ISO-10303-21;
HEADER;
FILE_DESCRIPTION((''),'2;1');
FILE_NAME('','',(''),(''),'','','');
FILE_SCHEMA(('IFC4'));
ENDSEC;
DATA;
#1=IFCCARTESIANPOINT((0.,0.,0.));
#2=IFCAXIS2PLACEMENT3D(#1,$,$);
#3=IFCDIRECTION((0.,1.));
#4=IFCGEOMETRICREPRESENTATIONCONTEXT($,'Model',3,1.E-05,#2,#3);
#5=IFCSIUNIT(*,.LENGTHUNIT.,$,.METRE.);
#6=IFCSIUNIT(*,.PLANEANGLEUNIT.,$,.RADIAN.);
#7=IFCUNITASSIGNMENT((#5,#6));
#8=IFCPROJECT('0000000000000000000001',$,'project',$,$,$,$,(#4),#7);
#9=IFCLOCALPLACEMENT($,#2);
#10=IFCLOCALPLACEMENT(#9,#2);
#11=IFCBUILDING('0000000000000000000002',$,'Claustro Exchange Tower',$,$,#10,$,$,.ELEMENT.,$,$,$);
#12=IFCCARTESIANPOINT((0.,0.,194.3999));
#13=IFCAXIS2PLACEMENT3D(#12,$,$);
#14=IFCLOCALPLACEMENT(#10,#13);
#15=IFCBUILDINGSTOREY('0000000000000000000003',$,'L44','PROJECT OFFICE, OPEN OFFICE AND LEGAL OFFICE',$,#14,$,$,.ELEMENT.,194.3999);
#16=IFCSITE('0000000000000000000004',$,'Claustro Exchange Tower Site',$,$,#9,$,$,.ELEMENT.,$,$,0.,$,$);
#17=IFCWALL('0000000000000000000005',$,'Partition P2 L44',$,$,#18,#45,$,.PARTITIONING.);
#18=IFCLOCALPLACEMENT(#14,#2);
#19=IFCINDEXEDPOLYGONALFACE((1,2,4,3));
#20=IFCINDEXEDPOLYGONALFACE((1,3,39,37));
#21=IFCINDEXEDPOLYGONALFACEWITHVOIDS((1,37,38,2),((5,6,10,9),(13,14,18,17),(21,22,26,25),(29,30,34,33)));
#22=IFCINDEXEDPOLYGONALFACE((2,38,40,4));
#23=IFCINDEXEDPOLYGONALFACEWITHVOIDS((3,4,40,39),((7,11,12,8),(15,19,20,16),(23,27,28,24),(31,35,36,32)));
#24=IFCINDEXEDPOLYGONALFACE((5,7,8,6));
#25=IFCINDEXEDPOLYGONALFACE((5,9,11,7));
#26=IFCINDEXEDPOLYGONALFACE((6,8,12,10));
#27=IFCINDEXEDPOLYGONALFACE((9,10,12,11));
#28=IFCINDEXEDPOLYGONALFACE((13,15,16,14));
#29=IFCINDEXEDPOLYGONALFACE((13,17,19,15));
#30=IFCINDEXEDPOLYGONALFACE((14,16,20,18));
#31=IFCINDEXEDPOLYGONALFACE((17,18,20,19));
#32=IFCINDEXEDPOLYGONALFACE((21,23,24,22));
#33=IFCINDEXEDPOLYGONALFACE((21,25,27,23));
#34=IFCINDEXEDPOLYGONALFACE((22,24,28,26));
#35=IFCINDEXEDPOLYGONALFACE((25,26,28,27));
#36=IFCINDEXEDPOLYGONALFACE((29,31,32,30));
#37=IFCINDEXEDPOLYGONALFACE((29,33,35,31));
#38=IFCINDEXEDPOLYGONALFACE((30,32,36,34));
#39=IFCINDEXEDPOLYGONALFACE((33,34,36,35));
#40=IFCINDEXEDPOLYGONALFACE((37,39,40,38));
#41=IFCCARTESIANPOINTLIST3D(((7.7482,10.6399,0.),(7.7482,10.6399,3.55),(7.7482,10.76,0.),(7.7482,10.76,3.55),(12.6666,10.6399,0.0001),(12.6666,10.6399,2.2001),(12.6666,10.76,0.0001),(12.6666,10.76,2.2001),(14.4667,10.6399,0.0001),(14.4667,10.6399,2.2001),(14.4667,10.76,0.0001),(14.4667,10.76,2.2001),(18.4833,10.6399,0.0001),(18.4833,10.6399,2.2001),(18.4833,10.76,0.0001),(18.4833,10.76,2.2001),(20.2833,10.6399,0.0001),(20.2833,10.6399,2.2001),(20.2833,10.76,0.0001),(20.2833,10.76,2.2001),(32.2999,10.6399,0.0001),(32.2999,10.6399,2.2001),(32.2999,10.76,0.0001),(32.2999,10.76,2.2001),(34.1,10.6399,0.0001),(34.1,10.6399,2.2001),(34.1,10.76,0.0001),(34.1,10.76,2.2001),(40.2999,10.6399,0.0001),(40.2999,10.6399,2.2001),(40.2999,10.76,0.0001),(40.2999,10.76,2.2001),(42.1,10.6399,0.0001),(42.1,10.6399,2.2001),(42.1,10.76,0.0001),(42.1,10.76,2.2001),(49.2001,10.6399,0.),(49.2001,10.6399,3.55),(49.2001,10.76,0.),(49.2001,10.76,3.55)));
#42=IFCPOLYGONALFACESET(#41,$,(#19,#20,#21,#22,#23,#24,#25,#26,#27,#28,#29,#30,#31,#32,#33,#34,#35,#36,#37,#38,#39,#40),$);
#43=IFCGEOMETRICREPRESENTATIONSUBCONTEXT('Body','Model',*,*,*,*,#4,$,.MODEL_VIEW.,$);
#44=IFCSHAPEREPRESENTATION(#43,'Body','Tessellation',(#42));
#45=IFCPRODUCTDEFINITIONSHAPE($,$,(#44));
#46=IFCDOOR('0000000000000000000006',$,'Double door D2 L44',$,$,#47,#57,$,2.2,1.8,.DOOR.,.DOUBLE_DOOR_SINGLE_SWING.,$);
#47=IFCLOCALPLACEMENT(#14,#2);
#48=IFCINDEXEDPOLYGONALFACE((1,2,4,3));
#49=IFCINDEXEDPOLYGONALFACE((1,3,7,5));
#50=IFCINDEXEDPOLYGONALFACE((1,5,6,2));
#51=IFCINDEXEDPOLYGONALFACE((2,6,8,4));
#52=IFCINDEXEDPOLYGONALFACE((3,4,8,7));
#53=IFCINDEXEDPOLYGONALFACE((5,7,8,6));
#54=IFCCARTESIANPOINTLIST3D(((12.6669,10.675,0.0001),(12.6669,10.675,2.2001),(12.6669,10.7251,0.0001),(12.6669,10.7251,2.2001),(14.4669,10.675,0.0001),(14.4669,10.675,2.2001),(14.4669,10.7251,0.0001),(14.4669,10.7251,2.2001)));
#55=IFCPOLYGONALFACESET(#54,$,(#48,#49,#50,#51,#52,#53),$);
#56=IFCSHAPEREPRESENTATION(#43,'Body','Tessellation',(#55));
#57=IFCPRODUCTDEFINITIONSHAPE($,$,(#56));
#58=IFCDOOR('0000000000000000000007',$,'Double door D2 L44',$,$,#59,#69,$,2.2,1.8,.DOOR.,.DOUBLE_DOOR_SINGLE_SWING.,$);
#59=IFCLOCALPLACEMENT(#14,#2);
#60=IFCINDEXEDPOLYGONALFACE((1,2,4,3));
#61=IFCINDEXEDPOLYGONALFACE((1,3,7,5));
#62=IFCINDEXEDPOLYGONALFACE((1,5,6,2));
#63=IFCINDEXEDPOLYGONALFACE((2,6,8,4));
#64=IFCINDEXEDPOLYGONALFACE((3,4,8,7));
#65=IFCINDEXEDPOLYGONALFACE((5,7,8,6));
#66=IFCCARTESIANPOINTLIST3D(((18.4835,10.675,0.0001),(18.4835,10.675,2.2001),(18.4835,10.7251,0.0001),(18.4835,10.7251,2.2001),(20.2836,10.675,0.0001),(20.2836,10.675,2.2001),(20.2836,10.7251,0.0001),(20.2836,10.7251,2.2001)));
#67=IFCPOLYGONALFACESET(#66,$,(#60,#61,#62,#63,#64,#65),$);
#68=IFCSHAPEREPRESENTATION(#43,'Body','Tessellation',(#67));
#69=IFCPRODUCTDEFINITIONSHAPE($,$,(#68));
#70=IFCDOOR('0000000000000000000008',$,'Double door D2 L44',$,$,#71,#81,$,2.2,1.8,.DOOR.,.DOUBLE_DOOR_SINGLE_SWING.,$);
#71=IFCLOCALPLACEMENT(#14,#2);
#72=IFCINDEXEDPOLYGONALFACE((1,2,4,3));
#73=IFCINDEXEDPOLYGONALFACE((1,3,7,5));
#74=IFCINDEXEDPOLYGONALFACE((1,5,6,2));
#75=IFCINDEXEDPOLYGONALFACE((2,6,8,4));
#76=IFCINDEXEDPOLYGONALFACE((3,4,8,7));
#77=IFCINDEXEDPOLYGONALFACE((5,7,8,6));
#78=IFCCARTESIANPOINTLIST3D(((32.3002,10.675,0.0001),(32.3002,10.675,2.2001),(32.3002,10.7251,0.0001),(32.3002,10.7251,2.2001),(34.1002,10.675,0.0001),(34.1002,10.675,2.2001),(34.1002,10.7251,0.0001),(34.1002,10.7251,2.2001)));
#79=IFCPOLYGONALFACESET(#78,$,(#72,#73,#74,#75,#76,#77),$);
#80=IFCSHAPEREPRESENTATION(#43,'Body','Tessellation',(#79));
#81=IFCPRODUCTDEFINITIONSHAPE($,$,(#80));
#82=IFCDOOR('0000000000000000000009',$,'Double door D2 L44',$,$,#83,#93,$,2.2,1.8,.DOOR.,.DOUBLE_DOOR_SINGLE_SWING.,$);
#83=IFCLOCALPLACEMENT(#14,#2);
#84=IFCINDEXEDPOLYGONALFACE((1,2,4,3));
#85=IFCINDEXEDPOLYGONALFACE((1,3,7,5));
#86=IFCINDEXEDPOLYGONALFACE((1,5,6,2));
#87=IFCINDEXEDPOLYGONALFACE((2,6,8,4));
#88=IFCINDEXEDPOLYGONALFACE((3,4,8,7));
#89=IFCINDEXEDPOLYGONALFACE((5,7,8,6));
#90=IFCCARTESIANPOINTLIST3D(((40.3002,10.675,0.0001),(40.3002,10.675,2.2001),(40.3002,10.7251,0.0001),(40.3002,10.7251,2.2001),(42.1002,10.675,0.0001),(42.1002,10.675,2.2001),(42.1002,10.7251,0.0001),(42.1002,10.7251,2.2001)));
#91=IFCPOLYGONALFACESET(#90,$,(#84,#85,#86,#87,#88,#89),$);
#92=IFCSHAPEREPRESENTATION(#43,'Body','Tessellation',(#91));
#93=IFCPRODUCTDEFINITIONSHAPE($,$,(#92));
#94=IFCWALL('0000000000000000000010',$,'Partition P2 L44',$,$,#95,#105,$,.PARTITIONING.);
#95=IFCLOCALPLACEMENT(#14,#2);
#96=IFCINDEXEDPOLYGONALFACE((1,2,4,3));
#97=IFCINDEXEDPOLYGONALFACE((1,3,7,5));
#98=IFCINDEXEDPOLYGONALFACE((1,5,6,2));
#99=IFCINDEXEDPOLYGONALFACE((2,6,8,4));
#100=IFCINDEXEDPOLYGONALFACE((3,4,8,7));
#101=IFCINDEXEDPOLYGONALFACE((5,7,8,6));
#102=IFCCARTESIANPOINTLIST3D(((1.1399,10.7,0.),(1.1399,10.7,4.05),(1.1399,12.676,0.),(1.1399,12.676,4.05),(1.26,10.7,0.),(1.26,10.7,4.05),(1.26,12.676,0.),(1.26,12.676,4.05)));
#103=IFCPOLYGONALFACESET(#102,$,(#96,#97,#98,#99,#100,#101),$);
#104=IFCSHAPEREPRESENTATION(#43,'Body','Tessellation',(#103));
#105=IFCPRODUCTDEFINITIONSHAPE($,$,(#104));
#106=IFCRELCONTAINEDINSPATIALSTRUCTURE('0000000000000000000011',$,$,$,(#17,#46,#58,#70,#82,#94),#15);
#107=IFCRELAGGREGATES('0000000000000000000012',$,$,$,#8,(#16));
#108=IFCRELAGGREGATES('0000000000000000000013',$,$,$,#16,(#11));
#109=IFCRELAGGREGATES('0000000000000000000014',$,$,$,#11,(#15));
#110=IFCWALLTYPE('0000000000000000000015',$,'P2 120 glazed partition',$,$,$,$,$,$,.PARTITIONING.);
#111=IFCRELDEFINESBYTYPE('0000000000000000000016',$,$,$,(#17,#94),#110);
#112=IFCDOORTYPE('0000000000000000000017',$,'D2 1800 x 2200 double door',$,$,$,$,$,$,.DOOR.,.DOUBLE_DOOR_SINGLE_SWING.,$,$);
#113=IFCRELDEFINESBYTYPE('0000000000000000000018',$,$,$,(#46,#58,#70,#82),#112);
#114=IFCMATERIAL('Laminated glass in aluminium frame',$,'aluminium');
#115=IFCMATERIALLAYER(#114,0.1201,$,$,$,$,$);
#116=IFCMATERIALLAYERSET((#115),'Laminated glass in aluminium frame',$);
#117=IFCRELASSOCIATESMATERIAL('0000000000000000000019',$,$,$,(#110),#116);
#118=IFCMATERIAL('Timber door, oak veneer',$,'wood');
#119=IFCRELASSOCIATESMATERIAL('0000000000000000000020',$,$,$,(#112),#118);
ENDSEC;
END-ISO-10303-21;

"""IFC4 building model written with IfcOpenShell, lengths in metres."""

from ifc_helpers import new_model, si_unit, direction, frame, frame_2d, origin, place, context, subcontext, project, spatial, rectangle, extrude, material, layer, layer_set, type_object, element, fill, save


model = new_model("IFC4")

# Units and contexts
model_context = context("Model", 3, precision=1e-05, world=origin(), true_north=direction((0.0, 1.0)))
body_context = subcontext(model_context, "Body", "Model", "MODEL_VIEW")
ifc_project = project(units=[si_unit("LENGTHUNIT", "METRE"), si_unit("PLANEANGLEUNIT", "RADIAN")], contexts=[model_context])

# Site, building, storey
site_placement = place(None, origin())
site = spatial("IfcSite", under=ifc_project, at=site_placement, Name="Claustro Exchange Tower Site", CompositionType="ELEMENT", RefElevation=0.0)
building_placement = place(site_placement, origin())
building = spatial("IfcBuilding", under=site, at=building_placement, Name="Claustro Exchange Tower", CompositionType="ELEMENT")
storey_placement = place(building_placement, frame((0.0, 0.0, 194.3999)))
storey = spatial("IfcBuildingStorey", under=building, at=storey_placement, Name="L44", Description="PROJECT OFFICE, OPEN OFFICE AND LEGAL OFFICE", CompositionType="ELEMENT", Elevation=194.3999)

# Wall, openings, doors
ifc_material_1 = material(Name="Laminated glass in aluminium frame", Category="aluminium")
ifc_layer_1 = layer(ifc_material_1, 0.1201)
ifc_layer_set_1 = layer_set([ifc_layer_1], Name="Laminated glass in aluminium frame")
wall_type_1 = type_object("IfcWallType", Name="P2 120 glazed partition", PredefinedType="PARTITIONING", material=ifc_layer_set_1)
wall_1_placement = place(storey_placement, frame((7.748, 10.7, 0.0), z_axis=(0.0, 0.0, 1.0), x_axis=(1.0, 0.0, 0.0)))
wall_1 = element("IfcWall", 1, at=wall_1_placement, inside=storey, type_object=wall_type_1, Name="Partition P2 L44", PredefinedType="PARTITIONING", context=body_context, shape_type="SweptSolid", body=[
    extrude(rectangle(XDim=41.4519, YDim=0.1201, at=frame_2d((20.7261, 0.0))), origin(), (0.0, 0.0, 1.0), 3.55),
])
opening_1_placement = place(wall_1_placement, frame((4.9187, 0.0, 0.0)))
opening_1 = element("IfcOpeningElement", 2, at=opening_1_placement, cuts=wall_1, PredefinedType="OPENING", context=body_context, shape_type="SweptSolid", body=[
    extrude(rectangle(XDim=1.8, YDim=2.2, at=frame_2d((0.8999, 1.1001))), frame((0.0, 0.0701, 0.0), z_axis=(0.0, -1.0, 0.0), x_axis=(1.0, 0.0, 0.0)), (0.0, 0.0, 1.0), 0.1401),
])
opening_2_placement = place(wall_1_placement, frame((10.7354, 0.0, 0.0)))
opening_2 = element("IfcOpeningElement", 3, at=opening_2_placement, cuts=wall_1, PredefinedType="OPENING", context=body_context, shape_type="SweptSolid", body=[
    extrude(rectangle(XDim=1.8, YDim=2.2, at=frame_2d((0.8999, 1.1001))), frame((0.0, 0.0701, 0.0), z_axis=(0.0, -1.0, 0.0), x_axis=(1.0, 0.0, 0.0)), (0.0, 0.0, 1.0), 0.1401),
])
opening_3_placement = place(wall_1_placement, frame((24.552, 0.0, 0.0)))
opening_3 = element("IfcOpeningElement", 4, at=opening_3_placement, cuts=wall_1, PredefinedType="OPENING", context=body_context, shape_type="SweptSolid", body=[
    extrude(rectangle(XDim=1.8, YDim=2.2, at=frame_2d((0.8999, 1.1001))), frame((0.0, 0.0701, 0.0), z_axis=(0.0, -1.0, 0.0), x_axis=(1.0, 0.0, 0.0)), (0.0, 0.0, 1.0), 0.1401),
])
opening_4_placement = place(wall_1_placement, frame((32.552, 0.0, 0.0)))
opening_4 = element("IfcOpeningElement", 5, at=opening_4_placement, cuts=wall_1, PredefinedType="OPENING", context=body_context, shape_type="SweptSolid", body=[
    extrude(rectangle(XDim=1.8, YDim=2.2, at=frame_2d((0.8999, 1.1001))), frame((0.0, 0.0701, 0.0), z_axis=(0.0, -1.0, 0.0), x_axis=(1.0, 0.0, 0.0)), (0.0, 0.0, 1.0), 0.1401),
])
ifc_material_2 = material(Name="Timber door, oak veneer", Category="wood")
door_type_1 = type_object("IfcDoorType", Name="D2 1800 x 2200 double door", OperationType="DOUBLE_DOOR_SINGLE_SWING", PredefinedType="DOOR", material=ifc_material_2)
door_1_placement = place(opening_1_placement, frame((1.8, 0.0, 0.0), z_axis=(0.0, 0.0, 1.0), x_axis=(-1.0, 0.0, 0.0)))
door_1 = element("IfcDoor", 6, at=door_1_placement, inside=storey, type_object=door_type_1, Name="Double door D2 L44", OperationType="DOUBLE_DOOR_SINGLE_SWING", OverallHeight=2.2, OverallWidth=1.8, PredefinedType="DOOR", context=body_context, shape_type="SweptSolid", body=[
    extrude(rectangle(XDim=1.8, YDim=2.2, at=frame_2d((0.8999, 1.1001))), frame((0.0, 0.0249, 0.0), z_axis=(0.0, -1.0, 0.0), x_axis=(1.0, 0.0, 0.0)), (0.0, 0.0, 1.0), 0.05),
])
fill(opening_1, door_1)
door_2_placement = place(opening_2_placement, frame((1.8, 0.0, 0.0), z_axis=(0.0, 0.0, 1.0), x_axis=(-1.0, 0.0, 0.0)))
door_2 = element("IfcDoor", 7, at=door_2_placement, inside=storey, type_object=door_type_1, Name="Double door D2 L44", OperationType="DOUBLE_DOOR_SINGLE_SWING", OverallHeight=2.2, OverallWidth=1.8, PredefinedType="DOOR", context=body_context, shape_type="SweptSolid", body=[
    extrude(rectangle(XDim=1.8, YDim=2.2, at=frame_2d((0.8999, 1.1001))), frame((0.0, 0.0249, 0.0), z_axis=(0.0, -1.0, 0.0), x_axis=(1.0, 0.0, 0.0)), (0.0, 0.0, 1.0), 0.05),
])
fill(opening_2, door_2)
door_3_placement = place(opening_3_placement, frame((1.8, 0.0, 0.0), z_axis=(0.0, 0.0, 1.0), x_axis=(-1.0, 0.0, 0.0)))
door_3 = element("IfcDoor", 8, at=door_3_placement, inside=storey, type_object=door_type_1, Name="Double door D2 L44", OperationType="DOUBLE_DOOR_SINGLE_SWING", OverallHeight=2.2, OverallWidth=1.8, PredefinedType="DOOR", context=body_context, shape_type="SweptSolid", body=[
    extrude(rectangle(XDim=1.8, YDim=2.2, at=frame_2d((0.8999, 1.1001))), frame((0.0, 0.0249, 0.0), z_axis=(0.0, -1.0, 0.0), x_axis=(1.0, 0.0, 0.0)), (0.0, 0.0, 1.0), 0.05),
])
fill(opening_3, door_3)
door_4_placement = place(opening_4_placement, frame((1.8, 0.0, 0.0), z_axis=(0.0, 0.0, 1.0), x_axis=(-1.0, 0.0, 0.0)))
door_4 = element("IfcDoor", 9, at=door_4_placement, inside=storey, type_object=door_type_1, Name="Double door D2 L44", OperationType="DOUBLE_DOOR_SINGLE_SWING", OverallHeight=2.2, OverallWidth=1.8, PredefinedType="DOOR", context=body_context, shape_type="SweptSolid", body=[
    extrude(rectangle(XDim=1.8, YDim=2.2, at=frame_2d((0.8999, 1.1001))), frame((0.0, 0.0249, 0.0), z_axis=(0.0, -1.0, 0.0), x_axis=(1.0, 0.0, 0.0)), (0.0, 0.0, 1.0), 0.05),
])
fill(opening_4, door_4)

# Wall
wall_2_placement = place(storey_placement, frame((1.2, 10.7, 0.0), z_axis=(0.0, 0.0, 1.0), x_axis=(0.0, 1.0, 0.0)))
element("IfcWall", 10, at=wall_2_placement, inside=storey, type_object=wall_type_1, Name="Partition P2 L44", PredefinedType="PARTITIONING", context=body_context, shape_type="SweptSolid", body=[
    extrude(rectangle(XDim=1.9761, YDim=0.1201, at=frame_2d((0.988, 0.0))), origin(), (0.0, 0.0, 1.0), 4.05),
])

save(model, "model.ifc")
